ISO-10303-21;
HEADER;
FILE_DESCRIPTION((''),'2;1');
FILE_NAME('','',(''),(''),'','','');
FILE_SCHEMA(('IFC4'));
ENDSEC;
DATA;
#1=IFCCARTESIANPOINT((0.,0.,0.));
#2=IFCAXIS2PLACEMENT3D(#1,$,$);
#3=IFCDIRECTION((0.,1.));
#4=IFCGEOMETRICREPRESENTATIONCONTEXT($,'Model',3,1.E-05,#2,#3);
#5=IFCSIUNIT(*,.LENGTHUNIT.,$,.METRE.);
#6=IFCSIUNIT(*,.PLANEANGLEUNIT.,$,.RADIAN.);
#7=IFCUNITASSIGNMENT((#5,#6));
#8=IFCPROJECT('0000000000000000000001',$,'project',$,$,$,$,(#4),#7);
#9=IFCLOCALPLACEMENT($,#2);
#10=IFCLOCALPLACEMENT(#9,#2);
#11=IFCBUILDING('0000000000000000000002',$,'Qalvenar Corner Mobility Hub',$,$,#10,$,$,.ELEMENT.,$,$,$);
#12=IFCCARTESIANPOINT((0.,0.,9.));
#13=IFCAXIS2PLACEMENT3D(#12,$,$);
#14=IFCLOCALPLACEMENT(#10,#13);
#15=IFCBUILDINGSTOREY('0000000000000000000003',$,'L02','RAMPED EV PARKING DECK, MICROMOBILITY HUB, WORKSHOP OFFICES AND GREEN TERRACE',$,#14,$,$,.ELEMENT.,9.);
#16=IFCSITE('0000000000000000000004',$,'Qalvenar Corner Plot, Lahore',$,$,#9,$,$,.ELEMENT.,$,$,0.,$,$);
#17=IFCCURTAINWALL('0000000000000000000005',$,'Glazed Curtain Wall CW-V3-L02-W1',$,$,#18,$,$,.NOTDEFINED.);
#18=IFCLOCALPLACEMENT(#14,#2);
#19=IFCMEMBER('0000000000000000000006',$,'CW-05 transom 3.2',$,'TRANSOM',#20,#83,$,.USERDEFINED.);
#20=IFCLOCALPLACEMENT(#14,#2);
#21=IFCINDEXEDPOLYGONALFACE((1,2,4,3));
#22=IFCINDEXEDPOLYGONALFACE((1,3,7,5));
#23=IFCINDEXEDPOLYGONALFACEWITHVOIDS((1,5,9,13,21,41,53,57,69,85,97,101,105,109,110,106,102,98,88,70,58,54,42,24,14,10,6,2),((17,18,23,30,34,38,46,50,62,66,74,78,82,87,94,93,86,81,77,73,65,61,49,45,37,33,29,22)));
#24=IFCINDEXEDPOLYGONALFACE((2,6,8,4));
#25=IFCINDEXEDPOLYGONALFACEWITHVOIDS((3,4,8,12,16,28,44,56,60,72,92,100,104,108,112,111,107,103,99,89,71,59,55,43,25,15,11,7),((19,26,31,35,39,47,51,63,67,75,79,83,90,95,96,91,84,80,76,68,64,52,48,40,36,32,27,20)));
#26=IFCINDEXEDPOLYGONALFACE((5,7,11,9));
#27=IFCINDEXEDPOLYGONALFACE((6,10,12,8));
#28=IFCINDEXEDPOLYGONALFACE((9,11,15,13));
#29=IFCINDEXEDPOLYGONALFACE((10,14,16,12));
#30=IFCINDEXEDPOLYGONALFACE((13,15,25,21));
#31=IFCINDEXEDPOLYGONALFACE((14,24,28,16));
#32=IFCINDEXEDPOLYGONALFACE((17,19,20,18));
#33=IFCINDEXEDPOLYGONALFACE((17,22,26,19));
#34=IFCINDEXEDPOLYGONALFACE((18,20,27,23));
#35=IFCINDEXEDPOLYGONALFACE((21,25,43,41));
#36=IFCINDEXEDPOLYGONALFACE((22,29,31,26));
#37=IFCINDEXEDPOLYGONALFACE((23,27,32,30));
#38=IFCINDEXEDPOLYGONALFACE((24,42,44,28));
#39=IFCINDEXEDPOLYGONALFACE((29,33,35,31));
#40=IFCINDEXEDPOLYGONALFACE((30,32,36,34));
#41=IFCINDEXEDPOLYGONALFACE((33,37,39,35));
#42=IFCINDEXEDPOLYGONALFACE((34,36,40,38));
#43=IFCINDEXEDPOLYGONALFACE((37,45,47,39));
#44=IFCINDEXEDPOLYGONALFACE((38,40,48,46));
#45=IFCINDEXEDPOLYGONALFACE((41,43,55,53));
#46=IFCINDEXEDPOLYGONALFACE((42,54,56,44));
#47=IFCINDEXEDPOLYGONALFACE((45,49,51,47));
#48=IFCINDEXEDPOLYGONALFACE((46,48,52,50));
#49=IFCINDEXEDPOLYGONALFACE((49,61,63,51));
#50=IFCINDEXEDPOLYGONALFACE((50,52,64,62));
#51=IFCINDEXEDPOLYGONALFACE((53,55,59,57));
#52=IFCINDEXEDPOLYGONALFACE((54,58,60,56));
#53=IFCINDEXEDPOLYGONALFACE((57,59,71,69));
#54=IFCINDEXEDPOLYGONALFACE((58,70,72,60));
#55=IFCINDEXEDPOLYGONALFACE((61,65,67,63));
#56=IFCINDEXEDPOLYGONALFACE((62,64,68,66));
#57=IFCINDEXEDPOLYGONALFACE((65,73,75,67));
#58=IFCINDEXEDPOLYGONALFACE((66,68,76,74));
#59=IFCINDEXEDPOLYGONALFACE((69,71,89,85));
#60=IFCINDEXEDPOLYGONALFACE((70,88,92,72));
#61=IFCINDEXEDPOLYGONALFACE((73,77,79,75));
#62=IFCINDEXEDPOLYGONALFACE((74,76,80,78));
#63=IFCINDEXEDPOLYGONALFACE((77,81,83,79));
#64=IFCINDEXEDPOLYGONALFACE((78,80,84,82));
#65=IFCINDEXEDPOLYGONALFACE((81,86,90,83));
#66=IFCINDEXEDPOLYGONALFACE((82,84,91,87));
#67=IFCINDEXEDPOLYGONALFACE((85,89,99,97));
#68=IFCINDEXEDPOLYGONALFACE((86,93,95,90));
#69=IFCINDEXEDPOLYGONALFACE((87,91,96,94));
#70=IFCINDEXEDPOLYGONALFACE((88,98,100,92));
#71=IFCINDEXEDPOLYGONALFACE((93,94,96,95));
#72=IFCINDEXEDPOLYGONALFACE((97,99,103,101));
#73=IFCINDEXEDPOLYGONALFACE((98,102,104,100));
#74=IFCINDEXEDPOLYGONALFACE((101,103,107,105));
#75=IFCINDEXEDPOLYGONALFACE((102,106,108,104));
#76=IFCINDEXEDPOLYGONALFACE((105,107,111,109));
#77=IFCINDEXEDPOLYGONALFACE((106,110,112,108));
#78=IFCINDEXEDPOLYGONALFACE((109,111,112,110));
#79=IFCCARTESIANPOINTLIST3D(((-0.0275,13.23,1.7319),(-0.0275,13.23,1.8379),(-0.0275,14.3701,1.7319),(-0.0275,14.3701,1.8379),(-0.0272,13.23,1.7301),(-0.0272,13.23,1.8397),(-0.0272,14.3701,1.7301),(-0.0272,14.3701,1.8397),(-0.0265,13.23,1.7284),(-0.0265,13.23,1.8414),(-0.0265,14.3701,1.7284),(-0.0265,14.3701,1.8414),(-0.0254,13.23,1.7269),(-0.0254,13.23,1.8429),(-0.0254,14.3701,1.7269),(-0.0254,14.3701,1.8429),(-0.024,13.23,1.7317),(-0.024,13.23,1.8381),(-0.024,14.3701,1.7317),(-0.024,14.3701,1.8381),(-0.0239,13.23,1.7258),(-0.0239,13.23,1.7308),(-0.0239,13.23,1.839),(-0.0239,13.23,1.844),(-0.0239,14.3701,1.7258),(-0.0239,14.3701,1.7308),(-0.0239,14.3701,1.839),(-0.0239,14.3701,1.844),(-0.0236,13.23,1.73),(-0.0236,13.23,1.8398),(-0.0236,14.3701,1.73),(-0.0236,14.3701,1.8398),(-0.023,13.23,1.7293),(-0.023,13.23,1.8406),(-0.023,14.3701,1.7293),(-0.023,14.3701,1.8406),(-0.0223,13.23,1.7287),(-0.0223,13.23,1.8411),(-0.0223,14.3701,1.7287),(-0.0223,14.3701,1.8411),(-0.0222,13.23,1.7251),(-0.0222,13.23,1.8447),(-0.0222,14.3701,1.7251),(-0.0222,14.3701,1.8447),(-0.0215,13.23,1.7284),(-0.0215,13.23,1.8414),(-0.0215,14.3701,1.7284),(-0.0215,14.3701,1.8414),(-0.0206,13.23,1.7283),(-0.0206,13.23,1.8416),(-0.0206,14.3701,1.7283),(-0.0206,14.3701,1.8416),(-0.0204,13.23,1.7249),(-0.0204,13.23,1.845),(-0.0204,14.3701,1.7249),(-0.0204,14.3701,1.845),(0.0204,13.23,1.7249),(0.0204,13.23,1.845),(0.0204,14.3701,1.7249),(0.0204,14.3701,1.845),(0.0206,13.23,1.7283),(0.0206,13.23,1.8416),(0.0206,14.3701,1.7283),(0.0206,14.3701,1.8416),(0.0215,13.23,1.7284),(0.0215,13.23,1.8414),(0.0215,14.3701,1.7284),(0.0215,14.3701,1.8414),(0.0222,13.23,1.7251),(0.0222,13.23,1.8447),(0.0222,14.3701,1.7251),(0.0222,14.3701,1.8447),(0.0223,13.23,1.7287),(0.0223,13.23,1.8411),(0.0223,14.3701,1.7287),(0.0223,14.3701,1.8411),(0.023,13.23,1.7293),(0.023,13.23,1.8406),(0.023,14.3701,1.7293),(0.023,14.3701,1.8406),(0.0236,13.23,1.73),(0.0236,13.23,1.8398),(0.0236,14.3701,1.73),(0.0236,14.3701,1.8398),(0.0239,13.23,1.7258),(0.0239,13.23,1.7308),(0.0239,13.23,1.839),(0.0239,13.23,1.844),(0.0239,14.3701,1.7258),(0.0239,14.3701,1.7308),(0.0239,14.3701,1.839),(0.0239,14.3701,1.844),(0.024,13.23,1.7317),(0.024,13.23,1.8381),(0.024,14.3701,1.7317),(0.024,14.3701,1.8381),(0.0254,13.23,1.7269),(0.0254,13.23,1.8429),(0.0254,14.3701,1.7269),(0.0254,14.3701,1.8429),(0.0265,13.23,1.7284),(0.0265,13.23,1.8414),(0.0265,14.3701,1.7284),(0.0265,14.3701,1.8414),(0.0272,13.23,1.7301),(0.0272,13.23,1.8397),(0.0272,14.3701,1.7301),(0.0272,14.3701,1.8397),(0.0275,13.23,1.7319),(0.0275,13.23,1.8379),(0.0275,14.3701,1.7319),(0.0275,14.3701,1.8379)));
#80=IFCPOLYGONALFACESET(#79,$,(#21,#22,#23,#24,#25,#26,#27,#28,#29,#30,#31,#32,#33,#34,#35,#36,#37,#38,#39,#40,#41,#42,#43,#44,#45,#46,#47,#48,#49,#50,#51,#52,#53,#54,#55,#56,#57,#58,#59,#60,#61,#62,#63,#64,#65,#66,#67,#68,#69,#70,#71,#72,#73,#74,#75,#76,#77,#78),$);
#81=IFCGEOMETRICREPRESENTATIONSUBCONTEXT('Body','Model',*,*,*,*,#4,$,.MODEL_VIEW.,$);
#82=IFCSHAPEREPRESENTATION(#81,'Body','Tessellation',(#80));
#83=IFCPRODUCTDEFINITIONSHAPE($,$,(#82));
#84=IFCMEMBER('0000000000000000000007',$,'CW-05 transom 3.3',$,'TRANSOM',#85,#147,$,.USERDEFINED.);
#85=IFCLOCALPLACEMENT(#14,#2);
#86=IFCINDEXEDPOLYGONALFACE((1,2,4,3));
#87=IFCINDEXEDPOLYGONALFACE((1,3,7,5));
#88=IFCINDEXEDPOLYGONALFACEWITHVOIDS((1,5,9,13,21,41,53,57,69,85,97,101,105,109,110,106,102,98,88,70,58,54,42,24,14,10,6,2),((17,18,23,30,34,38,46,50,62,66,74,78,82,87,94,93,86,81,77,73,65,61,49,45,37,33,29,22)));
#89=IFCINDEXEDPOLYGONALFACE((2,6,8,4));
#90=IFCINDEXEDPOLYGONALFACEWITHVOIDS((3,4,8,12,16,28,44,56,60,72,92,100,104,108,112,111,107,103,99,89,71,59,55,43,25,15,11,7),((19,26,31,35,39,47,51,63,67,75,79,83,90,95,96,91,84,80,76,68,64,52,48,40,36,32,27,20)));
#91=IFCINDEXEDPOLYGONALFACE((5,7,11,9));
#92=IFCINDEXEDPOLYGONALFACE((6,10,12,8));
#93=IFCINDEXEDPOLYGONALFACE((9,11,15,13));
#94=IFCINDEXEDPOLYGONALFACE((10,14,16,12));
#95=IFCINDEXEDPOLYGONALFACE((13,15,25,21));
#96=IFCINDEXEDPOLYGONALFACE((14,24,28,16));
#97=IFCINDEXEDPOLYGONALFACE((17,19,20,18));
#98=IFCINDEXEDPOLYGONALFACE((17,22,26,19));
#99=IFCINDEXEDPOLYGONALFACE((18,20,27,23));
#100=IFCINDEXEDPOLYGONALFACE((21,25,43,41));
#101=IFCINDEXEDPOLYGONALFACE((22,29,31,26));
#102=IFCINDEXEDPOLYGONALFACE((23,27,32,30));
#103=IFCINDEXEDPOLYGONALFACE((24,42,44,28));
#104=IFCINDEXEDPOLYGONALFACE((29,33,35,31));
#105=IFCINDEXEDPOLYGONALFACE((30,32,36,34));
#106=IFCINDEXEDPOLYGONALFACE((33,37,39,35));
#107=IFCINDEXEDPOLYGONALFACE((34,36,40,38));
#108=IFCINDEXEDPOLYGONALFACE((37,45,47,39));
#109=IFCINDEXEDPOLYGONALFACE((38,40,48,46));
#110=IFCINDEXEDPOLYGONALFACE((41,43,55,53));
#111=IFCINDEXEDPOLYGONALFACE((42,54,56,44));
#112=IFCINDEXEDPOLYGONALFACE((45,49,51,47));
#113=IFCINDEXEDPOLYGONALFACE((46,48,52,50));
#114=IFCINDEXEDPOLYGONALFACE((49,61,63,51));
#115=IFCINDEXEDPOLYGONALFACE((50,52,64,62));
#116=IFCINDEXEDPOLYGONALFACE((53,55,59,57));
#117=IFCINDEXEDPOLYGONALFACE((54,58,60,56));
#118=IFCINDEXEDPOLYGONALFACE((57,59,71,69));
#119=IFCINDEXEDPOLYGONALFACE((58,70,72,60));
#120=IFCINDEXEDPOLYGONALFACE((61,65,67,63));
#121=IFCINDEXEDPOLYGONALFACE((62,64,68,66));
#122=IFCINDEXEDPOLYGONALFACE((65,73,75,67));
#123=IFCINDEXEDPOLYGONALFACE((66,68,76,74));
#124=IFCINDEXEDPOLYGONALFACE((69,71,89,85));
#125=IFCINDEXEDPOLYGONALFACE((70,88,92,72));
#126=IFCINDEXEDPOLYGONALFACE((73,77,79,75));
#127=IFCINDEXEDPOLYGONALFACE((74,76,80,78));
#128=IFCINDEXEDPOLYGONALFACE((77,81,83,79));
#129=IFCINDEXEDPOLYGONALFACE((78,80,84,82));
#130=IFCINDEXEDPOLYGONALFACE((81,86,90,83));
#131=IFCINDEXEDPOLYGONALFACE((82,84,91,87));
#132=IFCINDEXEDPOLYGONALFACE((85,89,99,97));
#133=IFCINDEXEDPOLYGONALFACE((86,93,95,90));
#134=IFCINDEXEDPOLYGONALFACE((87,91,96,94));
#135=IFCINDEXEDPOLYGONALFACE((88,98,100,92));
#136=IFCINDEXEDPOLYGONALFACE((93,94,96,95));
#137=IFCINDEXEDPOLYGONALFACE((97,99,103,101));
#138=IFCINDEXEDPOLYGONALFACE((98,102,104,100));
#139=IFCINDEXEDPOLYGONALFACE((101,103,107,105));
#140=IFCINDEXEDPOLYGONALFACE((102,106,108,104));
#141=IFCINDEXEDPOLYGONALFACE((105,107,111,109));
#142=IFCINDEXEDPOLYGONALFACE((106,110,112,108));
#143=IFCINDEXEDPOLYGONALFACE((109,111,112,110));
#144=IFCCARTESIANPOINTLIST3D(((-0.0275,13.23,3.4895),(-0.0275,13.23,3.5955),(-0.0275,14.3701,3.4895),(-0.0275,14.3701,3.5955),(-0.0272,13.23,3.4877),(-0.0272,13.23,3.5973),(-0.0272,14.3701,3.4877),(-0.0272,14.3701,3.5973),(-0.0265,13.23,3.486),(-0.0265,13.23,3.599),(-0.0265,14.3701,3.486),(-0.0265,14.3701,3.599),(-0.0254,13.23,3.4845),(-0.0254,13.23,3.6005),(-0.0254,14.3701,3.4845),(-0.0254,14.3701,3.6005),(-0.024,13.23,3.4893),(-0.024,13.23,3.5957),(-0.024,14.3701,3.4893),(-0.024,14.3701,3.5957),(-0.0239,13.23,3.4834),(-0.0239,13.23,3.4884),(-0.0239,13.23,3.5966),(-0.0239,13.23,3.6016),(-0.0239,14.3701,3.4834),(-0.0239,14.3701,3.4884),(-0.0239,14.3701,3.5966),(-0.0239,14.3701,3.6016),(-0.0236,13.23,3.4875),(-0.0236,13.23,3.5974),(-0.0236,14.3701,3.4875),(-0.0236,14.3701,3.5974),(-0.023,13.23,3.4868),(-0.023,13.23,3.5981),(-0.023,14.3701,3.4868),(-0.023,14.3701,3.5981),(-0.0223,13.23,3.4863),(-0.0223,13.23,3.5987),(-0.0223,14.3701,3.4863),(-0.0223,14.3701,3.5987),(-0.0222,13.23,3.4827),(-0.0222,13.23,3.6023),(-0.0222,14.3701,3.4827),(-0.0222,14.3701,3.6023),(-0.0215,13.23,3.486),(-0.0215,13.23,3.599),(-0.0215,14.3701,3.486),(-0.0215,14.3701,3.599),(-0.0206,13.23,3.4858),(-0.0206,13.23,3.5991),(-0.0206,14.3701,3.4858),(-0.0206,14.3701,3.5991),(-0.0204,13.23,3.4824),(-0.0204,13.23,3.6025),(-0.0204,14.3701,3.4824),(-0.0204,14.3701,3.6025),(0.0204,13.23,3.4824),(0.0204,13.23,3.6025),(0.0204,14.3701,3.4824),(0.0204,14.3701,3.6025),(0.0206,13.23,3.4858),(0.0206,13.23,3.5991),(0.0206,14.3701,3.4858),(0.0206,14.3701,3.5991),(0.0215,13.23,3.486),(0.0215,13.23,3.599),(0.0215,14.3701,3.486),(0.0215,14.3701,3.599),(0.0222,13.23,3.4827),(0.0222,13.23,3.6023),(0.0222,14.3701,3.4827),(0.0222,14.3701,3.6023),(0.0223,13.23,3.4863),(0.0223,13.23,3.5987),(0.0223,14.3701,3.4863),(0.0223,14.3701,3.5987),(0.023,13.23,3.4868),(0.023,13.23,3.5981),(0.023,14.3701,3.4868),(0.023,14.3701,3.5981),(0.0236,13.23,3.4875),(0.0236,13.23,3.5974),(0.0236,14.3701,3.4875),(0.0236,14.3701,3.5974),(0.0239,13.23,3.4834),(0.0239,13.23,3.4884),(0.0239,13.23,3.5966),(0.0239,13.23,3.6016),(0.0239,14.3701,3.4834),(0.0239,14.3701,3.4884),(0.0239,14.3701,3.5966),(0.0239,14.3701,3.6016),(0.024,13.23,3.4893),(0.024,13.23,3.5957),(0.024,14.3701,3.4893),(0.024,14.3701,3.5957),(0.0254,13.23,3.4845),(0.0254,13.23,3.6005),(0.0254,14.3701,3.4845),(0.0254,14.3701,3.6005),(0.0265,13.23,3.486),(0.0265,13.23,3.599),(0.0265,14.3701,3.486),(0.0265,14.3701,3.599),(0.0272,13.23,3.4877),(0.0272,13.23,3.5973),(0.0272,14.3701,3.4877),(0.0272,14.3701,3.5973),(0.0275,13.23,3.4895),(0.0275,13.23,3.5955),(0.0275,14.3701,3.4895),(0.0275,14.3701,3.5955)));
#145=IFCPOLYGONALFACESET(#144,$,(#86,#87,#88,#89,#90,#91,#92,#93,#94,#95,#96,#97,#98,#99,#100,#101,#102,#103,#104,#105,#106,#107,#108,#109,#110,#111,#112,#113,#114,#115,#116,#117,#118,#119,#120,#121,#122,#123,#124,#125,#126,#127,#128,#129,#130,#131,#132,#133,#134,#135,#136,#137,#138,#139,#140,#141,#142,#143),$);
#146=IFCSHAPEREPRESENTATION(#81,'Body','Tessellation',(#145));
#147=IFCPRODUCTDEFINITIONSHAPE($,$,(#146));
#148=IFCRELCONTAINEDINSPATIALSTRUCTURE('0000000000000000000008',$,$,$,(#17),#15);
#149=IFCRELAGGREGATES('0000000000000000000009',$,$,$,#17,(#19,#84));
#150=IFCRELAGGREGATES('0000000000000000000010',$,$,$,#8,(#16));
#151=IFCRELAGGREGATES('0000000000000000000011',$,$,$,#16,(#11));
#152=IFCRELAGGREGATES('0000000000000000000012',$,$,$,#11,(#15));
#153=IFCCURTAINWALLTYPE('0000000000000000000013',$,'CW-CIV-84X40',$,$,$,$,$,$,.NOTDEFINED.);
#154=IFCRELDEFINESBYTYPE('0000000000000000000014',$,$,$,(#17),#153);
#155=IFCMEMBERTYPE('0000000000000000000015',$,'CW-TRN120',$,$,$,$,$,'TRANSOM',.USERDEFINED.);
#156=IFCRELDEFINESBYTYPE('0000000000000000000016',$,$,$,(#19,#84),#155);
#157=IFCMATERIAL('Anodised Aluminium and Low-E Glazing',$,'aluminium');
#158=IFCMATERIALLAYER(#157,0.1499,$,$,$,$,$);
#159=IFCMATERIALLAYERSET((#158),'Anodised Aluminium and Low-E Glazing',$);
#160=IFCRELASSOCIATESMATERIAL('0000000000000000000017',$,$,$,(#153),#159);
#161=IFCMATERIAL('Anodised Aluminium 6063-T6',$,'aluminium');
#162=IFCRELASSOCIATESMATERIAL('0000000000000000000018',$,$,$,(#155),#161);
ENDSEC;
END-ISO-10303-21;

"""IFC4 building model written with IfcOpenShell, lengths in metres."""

from ifc_helpers import new_model, si_unit, direction, frame, origin, origin_2d, place, context, subcontext, project, spatial, hollow_rectangle, extrude, material, layer, layer_set, material_profile, profile_set, type_object, element, aggregate, save


model = new_model("IFC4")

# Units and contexts
model_context = context("Model", 3, precision=1e-05, world=origin(), true_north=direction((0.0, 1.0)))
body_context = subcontext(model_context, "Body", "Model", "MODEL_VIEW")
ifc_project = project(units=[si_unit("LENGTHUNIT", "METRE"), si_unit("PLANEANGLEUNIT", "RADIAN")], contexts=[model_context])

# Site, building, storey
site_placement = place(None, origin())
site = spatial("IfcSite", under=ifc_project, at=site_placement, Name="Qalvenar Corner Plot, Lahore", CompositionType="ELEMENT", RefElevation=0.0)
building_placement = place(site_placement, origin())
building = spatial("IfcBuilding", under=site, at=building_placement, Name="Qalvenar Corner Mobility Hub", CompositionType="ELEMENT")
storey_placement = place(building_placement, frame((0.0, 0.0, 9.0)))
storey = spatial("IfcBuildingStorey", under=building, at=storey_placement, Name="L02", Description="RAMPED EV PARKING DECK, MICROMOBILITY HUB, WORKSHOP OFFICES AND GREEN TERRACE", CompositionType="ELEMENT", Elevation=9.0)

# Curtain wall, members
ifc_material_1 = material(Name="Anodised Aluminium and Low-E Glazing", Category="aluminium")
ifc_layer_1 = layer(ifc_material_1, 0.1499)
ifc_layer_set_1 = layer_set([ifc_layer_1], Name="Anodised Aluminium and Low-E Glazing")
curtain_wall_type = type_object("IfcCurtainWallType", Name="CW-CIV-84X40", PredefinedType="NOTDEFINED", material=ifc_layer_set_1)
curtain_wall_placement = place(storey_placement, origin())
curtain_wall = element("IfcCurtainWall", 1, at=curtain_wall_placement, inside=storey, type_object=curtain_wall_type, Name="Glazed Curtain Wall CW-V3-L02-W1", PredefinedType="NOTDEFINED")
ifc_material_2 = material(Name="Anodised Aluminium 6063-T6", Category="aluminium")
ifc_material_profile_1 = material_profile(ifc_material_2, hollow_rectangle(XDim=0.0549, YDim=0.1201, WallThickness=0.0034, InnerFilletRadius=0.0034, OuterFilletRadius=0.0071, at=origin_2d()), Name="RHS120x55x3.5")
ifc_profile_set_1 = profile_set([ifc_material_profile_1], Name="Anodised Aluminium 6063-T6")
member_type_1 = type_object("IfcMemberType", Name="CW-TRN120", ElementType="TRANSOM", PredefinedType="USERDEFINED", material=ifc_profile_set_1)
member_1_placement = place(storey_placement, frame((0.0, 14.3701, 1.7849), z_axis=(0.0, -1.0, 0.0), x_axis=(1.0, 0.0, 0.0)))
member_1 = element("IfcMember", 2, at=member_1_placement, type_object=member_type_1, Name="CW-05 transom 3.2", ObjectType="TRANSOM", PredefinedType="USERDEFINED", context=body_context, shape_type="SweptSolid", body=[
    extrude(hollow_rectangle(XDim=0.0549, YDim=0.1201, WallThickness=0.0034, InnerFilletRadius=0.0034, OuterFilletRadius=0.0071, at=origin_2d()), origin(), (0.0, 0.0, 1.0), 1.1401),
])
member_2_placement = place(storey_placement, frame((0.0, 14.3701, 3.5425), z_axis=(0.0, -1.0, 0.0), x_axis=(1.0, 0.0, 0.0)))
member_2 = element("IfcMember", 3, at=member_2_placement, type_object=member_type_1, Name="CW-05 transom 3.3", ObjectType="TRANSOM", PredefinedType="USERDEFINED", context=body_context, shape_type="SweptSolid", body=[
    extrude(hollow_rectangle(XDim=0.0549, YDim=0.1201, WallThickness=0.0034, InnerFilletRadius=0.0034, OuterFilletRadius=0.0071, at=origin_2d()), origin(), (0.0, 0.0, 1.0), 1.1401),
])
aggregate(curtain_wall, [member_1, member_2])

save(model, "model.ifc")
